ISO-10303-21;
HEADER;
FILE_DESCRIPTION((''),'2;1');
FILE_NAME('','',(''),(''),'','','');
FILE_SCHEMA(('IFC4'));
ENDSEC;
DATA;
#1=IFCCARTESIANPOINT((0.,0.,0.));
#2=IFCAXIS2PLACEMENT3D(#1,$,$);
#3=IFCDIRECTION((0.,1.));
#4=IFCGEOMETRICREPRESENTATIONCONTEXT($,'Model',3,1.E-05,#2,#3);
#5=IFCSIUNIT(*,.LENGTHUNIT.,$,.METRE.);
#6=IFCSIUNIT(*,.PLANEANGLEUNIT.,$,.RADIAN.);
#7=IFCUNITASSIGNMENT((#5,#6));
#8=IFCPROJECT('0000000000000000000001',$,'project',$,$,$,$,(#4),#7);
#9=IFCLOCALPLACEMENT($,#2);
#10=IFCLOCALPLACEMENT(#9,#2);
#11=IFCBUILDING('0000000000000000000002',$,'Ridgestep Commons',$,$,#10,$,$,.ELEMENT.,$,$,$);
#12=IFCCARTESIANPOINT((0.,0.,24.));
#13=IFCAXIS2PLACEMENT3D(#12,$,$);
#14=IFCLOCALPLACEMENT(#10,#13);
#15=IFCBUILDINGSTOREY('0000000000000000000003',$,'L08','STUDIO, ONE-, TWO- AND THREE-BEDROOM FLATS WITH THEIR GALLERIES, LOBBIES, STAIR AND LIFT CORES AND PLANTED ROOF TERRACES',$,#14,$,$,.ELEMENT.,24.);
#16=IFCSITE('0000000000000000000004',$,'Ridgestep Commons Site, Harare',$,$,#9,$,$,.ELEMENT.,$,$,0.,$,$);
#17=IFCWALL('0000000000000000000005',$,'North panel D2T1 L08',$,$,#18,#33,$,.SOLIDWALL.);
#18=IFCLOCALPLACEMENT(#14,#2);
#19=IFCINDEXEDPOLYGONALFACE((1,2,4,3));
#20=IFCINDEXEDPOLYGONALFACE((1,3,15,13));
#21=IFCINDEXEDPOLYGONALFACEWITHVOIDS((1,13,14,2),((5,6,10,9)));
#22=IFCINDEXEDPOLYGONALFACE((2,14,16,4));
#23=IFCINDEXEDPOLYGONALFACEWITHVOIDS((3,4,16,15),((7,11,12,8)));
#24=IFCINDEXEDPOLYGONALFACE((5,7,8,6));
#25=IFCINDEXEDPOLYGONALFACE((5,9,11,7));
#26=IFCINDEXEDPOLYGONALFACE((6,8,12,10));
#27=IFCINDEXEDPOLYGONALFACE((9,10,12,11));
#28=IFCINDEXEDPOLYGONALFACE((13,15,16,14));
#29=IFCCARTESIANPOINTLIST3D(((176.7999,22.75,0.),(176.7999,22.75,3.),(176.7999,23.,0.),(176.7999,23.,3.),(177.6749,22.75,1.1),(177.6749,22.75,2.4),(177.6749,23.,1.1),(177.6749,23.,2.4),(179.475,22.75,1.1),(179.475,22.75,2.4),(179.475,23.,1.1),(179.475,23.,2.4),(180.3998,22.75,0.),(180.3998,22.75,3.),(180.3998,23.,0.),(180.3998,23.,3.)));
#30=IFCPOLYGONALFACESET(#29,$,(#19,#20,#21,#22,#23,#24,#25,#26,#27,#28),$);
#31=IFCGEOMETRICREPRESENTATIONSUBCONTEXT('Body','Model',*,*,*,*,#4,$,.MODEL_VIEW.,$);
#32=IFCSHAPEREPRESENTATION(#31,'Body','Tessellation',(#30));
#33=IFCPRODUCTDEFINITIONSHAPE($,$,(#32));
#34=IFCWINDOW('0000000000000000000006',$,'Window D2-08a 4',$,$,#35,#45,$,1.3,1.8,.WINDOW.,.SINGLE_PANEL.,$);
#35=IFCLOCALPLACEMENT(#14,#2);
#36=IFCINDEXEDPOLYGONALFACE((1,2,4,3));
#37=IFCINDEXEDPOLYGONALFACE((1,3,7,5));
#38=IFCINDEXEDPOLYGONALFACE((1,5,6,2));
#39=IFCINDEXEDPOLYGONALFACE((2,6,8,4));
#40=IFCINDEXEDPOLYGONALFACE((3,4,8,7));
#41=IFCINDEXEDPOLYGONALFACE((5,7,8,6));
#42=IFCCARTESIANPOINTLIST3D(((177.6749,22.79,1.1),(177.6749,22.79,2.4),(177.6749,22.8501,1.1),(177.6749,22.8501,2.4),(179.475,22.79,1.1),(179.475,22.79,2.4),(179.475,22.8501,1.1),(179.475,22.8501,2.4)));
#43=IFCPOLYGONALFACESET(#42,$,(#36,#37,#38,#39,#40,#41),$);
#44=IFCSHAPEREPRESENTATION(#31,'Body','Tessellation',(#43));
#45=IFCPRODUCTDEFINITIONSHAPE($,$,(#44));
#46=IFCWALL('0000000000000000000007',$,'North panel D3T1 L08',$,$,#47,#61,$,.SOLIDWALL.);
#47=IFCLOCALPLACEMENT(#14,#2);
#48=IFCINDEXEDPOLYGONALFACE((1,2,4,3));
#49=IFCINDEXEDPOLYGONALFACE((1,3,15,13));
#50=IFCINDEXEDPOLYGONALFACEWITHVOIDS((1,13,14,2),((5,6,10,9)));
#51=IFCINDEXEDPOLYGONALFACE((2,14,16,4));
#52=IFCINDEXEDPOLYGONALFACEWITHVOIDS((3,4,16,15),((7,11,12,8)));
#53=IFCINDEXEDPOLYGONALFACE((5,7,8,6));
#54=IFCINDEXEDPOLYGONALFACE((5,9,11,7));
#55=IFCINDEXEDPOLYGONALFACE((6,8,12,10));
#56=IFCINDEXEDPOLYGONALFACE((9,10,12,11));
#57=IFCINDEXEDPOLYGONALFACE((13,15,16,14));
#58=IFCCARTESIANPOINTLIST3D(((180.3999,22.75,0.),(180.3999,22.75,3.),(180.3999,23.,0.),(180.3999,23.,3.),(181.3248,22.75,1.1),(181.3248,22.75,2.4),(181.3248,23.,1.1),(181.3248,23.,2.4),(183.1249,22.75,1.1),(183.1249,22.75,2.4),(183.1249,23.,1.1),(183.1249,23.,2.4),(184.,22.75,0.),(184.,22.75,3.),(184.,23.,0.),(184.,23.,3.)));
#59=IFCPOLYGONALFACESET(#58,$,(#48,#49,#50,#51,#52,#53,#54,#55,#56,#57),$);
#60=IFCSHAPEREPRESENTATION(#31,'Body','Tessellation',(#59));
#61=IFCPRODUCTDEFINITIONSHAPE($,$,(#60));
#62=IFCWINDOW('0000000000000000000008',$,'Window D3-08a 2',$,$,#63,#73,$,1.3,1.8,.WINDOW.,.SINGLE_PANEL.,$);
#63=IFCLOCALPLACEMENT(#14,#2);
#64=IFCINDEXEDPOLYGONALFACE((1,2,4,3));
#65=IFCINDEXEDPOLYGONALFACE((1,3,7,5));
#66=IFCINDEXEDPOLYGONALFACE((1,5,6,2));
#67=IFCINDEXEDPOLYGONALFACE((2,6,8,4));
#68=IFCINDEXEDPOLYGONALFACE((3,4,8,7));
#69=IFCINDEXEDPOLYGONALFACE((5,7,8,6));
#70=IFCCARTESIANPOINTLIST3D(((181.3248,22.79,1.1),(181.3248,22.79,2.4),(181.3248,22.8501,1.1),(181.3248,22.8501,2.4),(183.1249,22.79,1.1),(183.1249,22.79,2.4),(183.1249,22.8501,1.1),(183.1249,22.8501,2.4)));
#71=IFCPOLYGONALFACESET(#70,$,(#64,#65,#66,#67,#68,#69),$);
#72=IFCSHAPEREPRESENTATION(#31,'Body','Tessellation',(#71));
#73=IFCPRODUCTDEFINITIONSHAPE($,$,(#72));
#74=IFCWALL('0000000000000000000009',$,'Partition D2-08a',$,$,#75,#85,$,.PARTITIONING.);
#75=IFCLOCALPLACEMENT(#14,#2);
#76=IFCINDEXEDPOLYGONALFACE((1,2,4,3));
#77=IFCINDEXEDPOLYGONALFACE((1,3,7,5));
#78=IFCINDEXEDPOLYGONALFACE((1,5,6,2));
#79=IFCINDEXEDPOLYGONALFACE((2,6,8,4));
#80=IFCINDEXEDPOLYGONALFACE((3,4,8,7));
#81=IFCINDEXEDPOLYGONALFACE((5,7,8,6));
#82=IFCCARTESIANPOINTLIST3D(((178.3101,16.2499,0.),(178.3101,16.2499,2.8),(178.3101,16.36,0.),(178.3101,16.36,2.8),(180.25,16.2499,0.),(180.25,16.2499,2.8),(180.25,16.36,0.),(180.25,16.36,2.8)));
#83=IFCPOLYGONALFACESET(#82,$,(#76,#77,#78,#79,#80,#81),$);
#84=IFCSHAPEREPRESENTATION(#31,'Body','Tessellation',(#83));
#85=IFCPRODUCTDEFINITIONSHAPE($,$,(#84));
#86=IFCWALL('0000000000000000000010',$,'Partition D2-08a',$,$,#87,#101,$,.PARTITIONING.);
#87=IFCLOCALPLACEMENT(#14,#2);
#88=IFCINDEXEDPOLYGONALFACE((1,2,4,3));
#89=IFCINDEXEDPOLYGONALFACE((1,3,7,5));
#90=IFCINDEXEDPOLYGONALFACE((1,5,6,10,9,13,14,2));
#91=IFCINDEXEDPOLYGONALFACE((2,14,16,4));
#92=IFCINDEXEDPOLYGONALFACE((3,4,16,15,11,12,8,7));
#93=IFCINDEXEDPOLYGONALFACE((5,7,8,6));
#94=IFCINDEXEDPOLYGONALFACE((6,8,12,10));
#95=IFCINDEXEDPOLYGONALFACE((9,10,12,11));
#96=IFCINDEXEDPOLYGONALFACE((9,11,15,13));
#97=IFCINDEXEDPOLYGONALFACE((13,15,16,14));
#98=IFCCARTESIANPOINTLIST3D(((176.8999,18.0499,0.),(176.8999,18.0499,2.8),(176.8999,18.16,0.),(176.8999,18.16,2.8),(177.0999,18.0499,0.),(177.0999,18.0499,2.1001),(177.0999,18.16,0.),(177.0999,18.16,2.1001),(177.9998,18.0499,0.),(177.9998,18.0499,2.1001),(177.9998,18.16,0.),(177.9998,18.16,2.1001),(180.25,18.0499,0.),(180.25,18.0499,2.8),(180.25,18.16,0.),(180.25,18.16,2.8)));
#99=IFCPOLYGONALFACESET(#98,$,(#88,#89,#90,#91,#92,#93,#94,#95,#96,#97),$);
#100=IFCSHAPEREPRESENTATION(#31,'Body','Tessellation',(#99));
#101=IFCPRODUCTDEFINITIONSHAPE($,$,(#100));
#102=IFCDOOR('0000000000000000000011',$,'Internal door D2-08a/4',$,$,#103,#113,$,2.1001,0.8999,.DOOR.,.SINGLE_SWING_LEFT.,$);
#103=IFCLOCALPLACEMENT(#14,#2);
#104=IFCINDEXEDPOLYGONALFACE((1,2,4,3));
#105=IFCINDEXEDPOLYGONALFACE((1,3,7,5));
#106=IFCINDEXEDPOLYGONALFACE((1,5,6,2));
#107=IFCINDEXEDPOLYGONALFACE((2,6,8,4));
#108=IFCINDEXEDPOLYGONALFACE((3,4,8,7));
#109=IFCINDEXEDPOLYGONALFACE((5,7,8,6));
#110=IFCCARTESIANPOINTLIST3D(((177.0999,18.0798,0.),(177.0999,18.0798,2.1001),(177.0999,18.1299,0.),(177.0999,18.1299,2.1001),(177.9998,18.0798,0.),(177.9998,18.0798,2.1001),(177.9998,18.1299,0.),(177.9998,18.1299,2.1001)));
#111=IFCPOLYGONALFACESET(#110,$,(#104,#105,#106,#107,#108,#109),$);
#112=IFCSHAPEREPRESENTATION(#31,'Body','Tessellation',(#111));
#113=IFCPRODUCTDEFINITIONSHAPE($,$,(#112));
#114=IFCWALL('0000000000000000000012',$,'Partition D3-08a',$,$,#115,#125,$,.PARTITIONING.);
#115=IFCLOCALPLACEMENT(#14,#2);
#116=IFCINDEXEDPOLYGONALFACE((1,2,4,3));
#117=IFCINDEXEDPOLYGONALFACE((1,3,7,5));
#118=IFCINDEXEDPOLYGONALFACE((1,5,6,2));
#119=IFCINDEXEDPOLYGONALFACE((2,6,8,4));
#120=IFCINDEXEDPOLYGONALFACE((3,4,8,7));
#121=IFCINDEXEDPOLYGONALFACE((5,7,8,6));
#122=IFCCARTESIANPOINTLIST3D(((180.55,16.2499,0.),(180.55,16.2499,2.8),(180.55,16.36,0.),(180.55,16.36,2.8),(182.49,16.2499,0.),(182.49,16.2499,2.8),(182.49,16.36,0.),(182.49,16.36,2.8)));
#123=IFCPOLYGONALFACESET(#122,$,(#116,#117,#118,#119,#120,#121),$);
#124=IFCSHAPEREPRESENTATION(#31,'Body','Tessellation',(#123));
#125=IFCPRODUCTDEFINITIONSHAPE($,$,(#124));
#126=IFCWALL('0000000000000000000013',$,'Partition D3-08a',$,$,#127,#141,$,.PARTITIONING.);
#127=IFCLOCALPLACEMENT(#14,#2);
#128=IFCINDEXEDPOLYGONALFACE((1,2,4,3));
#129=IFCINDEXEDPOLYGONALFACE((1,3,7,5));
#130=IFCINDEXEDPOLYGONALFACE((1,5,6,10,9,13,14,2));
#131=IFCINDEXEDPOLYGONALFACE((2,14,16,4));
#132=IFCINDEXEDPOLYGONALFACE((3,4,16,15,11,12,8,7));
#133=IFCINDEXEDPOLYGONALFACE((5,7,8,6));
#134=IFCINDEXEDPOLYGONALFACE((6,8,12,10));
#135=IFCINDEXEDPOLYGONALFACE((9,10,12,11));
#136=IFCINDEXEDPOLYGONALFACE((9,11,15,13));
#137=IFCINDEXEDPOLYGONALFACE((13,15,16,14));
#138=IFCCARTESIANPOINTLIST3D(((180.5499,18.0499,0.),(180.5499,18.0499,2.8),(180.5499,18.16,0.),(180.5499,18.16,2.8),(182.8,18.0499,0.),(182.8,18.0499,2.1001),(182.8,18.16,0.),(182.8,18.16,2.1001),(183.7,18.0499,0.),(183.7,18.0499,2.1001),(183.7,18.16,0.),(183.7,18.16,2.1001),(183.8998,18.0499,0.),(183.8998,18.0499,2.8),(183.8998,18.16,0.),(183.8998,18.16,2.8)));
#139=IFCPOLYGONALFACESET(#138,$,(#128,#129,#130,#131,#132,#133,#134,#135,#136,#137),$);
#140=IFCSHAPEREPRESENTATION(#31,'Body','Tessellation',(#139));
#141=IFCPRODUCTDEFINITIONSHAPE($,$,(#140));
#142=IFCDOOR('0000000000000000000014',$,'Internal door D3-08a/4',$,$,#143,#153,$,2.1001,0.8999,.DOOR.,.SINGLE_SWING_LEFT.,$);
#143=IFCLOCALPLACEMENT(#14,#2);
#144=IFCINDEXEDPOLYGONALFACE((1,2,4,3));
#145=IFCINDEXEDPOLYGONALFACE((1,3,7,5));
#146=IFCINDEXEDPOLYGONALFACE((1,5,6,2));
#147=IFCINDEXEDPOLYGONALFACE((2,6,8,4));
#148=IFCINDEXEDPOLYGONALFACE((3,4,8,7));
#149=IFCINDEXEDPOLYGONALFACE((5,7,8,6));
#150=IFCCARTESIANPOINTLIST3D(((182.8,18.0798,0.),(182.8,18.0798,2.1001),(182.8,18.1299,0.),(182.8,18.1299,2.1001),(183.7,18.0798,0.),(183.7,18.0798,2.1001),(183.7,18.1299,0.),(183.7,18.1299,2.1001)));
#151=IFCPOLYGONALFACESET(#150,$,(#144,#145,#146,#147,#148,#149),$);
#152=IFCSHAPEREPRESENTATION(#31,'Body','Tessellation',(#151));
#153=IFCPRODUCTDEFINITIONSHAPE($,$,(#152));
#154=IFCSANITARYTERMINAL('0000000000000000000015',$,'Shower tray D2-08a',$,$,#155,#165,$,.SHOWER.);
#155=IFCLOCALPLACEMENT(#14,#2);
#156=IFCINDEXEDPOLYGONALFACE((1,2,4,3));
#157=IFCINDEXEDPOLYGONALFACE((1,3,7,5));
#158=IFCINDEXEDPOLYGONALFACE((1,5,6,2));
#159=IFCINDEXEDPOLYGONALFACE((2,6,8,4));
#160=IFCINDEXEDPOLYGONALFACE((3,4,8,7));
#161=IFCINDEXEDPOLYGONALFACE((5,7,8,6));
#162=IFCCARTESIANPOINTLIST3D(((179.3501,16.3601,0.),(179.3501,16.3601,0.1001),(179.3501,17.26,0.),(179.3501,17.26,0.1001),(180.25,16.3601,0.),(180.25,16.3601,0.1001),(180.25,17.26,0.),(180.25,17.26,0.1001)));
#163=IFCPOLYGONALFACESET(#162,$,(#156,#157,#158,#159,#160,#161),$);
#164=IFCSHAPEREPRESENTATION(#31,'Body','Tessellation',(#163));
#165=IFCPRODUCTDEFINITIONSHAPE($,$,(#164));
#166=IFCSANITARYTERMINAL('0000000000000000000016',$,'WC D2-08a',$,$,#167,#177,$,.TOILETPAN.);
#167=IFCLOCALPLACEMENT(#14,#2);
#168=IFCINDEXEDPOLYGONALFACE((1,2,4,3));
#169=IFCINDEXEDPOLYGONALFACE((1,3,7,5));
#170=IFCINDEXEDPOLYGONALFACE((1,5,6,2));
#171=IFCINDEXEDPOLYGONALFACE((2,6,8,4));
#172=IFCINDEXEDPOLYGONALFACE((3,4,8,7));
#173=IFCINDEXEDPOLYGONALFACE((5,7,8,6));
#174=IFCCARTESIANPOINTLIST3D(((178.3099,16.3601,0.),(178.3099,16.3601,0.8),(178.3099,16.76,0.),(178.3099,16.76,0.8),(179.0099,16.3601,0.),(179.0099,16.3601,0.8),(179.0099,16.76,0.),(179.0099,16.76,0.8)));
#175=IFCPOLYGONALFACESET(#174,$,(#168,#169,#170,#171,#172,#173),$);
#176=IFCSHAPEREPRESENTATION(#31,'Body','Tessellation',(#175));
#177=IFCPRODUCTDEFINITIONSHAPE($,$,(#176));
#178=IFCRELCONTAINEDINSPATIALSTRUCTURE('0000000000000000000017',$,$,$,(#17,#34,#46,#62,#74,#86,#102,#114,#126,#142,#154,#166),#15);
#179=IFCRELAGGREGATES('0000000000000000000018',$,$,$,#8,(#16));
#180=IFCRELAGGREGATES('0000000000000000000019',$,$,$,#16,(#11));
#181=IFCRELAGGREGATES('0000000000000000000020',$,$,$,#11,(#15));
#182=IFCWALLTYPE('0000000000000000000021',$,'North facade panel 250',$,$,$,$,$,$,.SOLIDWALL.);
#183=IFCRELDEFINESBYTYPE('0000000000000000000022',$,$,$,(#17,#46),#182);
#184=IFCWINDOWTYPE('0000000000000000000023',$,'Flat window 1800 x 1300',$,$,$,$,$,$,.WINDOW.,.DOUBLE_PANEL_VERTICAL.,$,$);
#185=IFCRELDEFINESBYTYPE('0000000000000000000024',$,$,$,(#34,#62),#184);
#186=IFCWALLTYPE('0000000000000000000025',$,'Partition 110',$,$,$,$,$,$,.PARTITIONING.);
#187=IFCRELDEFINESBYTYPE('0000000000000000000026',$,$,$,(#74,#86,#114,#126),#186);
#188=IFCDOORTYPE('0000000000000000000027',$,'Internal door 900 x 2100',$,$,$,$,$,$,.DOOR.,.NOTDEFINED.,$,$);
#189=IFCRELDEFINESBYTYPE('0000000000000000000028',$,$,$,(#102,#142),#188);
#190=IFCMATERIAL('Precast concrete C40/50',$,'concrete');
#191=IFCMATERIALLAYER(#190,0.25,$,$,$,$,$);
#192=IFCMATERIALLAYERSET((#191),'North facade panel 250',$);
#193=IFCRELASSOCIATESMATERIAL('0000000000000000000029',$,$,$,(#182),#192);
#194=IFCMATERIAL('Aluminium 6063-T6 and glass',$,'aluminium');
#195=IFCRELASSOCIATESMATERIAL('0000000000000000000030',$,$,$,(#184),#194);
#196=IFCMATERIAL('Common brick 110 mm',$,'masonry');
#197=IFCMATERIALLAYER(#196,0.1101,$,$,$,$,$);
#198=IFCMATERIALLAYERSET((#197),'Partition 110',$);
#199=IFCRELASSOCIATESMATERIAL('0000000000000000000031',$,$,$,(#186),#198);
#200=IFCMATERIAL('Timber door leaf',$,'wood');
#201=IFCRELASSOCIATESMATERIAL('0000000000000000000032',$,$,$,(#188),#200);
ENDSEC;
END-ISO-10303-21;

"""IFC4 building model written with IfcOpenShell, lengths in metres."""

from ifc_helpers import new_model, si_unit, direction, frame, frame_2d, origin, origin_2d, place, context, subcontext, project, spatial, rectangle, extrude, material, layer, layer_set, type_object, element, fill, save


model = new_model("IFC4")

# Units and contexts
model_context = context("Model", 3, precision=1e-05, world=origin(), true_north=direction((0.0, 1.0)))
body_context = subcontext(model_context, "Body", "Model", "MODEL_VIEW")
ifc_project = project(units=[si_unit("LENGTHUNIT", "METRE"), si_unit("PLANEANGLEUNIT", "RADIAN")], contexts=[model_context])

# Site, building, storey
site_placement = place(None, origin())
site = spatial("IfcSite", under=ifc_project, at=site_placement, Name="Ridgestep Commons Site, Harare", CompositionType="ELEMENT", RefElevation=0.0)
building_placement = place(site_placement, origin())
building = spatial("IfcBuilding", under=site, at=building_placement, Name="Ridgestep Commons", CompositionType="ELEMENT")
storey_placement = place(building_placement, frame((0.0, 0.0, 24.0)))
storey = spatial("IfcBuildingStorey", under=building, at=storey_placement, Name="L08", Description="STUDIO, ONE-, TWO- AND THREE-BEDROOM FLATS WITH THEIR GALLERIES, LOBBIES, STAIR AND LIFT CORES AND PLANTED ROOF TERRACES", CompositionType="ELEMENT", Elevation=24.0)

# Walls, openings, windows
ifc_material_1 = material(Name="Precast concrete C40/50", Category="concrete")
ifc_layer_1 = layer(ifc_material_1, 0.25)
ifc_layer_set_1 = layer_set([ifc_layer_1], Name="North facade panel 250")
wall_type_1 = type_object("IfcWallType", Name="North facade panel 250", PredefinedType="SOLIDWALL", material=ifc_layer_set_1)
wall_1_placement = place(storey_placement, frame((176.8, 22.875, 0.0), z_axis=(0.0, 0.0, 1.0), x_axis=(1.0, 0.0, 0.0)))
wall_1 = element("IfcWall", 1, at=wall_1_placement, inside=storey, type_object=wall_type_1, Name="North panel D2T1 L08", PredefinedType="SOLIDWALL", context=body_context, shape_type="SweptSolid", body=[
    extrude(rectangle(XDim=3.5999, YDim=0.25, at=frame_2d((1.7998, 0.0))), origin(), (0.0, 0.0, 1.0), 3.0),
])
opening_1_placement = place(wall_1_placement, frame((0.875, 0.0, 1.1001)))
opening_1 = element("IfcOpeningElement", 2, at=opening_1_placement, cuts=wall_1, PredefinedType="OPENING", context=body_context, shape_type="SweptSolid", body=[
    extrude(rectangle(XDim=1.8, YDim=1.3, at=frame_2d((0.8999, 0.6499))), frame((0.0, 0.135, 0.0), z_axis=(0.0, -1.0, 0.0), x_axis=(1.0, 0.0, 0.0)), (0.0, 0.0, 1.0), 0.27),
])
ifc_material_2 = material(Name="Aluminium 6063-T6 and glass", Category="aluminium")
window_type = type_object("IfcWindowType", Name="Flat window 1800 x 1300", PartitioningType="DOUBLE_PANEL_VERTICAL", PredefinedType="WINDOW", material=ifc_material_2)
window_1_placement = place(opening_1_placement, origin())
window_1 = element("IfcWindow", 3, at=window_1_placement, inside=storey, type_object=window_type, Name="Window D2-08a 4", OverallHeight=1.3, OverallWidth=1.8, PartitioningType="SINGLE_PANEL", PredefinedType="WINDOW", context=body_context, shape_type="SweptSolid", body=[
    extrude(rectangle(XDim=1.8, YDim=1.3, at=frame_2d((0.8999, 0.6499))), frame((0.0, -0.0249, 0.0), z_axis=(0.0, -1.0, 0.0), x_axis=(1.0, 0.0, 0.0)), (0.0, 0.0, 1.0), 0.0601),
])
fill(opening_1, window_1)
wall_2_placement = place(storey_placement, frame((180.3999, 22.875, 0.0), z_axis=(0.0, 0.0, 1.0), x_axis=(1.0, 0.0, 0.0)))
wall_2 = element("IfcWall", 4, at=wall_2_placement, inside=storey, type_object=wall_type_1, Name="North panel D3T1 L08", PredefinedType="SOLIDWALL", context=body_context, shape_type="SweptSolid", body=[
    extrude(rectangle(XDim=3.6001, YDim=0.25, at=frame_2d((1.8, 0.0))), origin(), (0.0, 0.0, 1.0), 3.0),
])
opening_2_placement = place(wall_2_placement, frame((0.925, 0.0, 1.1001)))
opening_2 = element("IfcOpeningElement", 5, at=opening_2_placement, cuts=wall_2, PredefinedType="OPENING", context=body_context, shape_type="SweptSolid", body=[
    extrude(rectangle(XDim=1.8, YDim=1.3, at=frame_2d((0.8999, 0.6499))), frame((0.0, 0.135, 0.0), z_axis=(0.0, -1.0, 0.0), x_axis=(1.0, 0.0, 0.0)), (0.0, 0.0, 1.0), 0.27),
])
window_2_placement = place(opening_2_placement, origin())
window_2 = element("IfcWindow", 6, at=window_2_placement, inside=storey, type_object=window_type, Name="Window D3-08a 2", OverallHeight=1.3, OverallWidth=1.8, PartitioningType="SINGLE_PANEL", PredefinedType="WINDOW", context=body_context, shape_type="SweptSolid", body=[
    extrude(rectangle(XDim=1.8, YDim=1.3, at=frame_2d((0.8999, 0.6499))), frame((0.0, -0.0249, 0.0), z_axis=(0.0, -1.0, 0.0), x_axis=(1.0, 0.0, 0.0)), (0.0, 0.0, 1.0), 0.0601),
])
fill(opening_2, window_2)

# Wall
ifc_material_3 = material(Name="Common brick 110 mm", Category="masonry")
ifc_layer_2 = layer(ifc_material_3, 0.1101)
ifc_layer_set_2 = layer_set([ifc_layer_2], Name="Partition 110")
wall_type_2 = type_object("IfcWallType", Name="Partition 110", PredefinedType="PARTITIONING", material=ifc_layer_set_2)
wall_3_placement = place(storey_placement, frame((178.3101, 16.3049, 0.0), z_axis=(0.0, 0.0, 1.0), x_axis=(1.0, 0.0, 0.0)))
element("IfcWall", 7, at=wall_3_placement, inside=storey, type_object=wall_type_2, Name="Partition D2-08a", PredefinedType="PARTITIONING", context=body_context, shape_type="SweptSolid", body=[
    extrude(rectangle(XDim=1.9399, YDim=0.1101, at=frame_2d((0.97, 0.0))), origin(), (0.0, 0.0, 1.0), 2.8),
])

# Wall, opening, door
wall_4_placement = place(storey_placement, frame((176.8999, 18.105, 0.0), z_axis=(0.0, 0.0, 1.0), x_axis=(1.0, 0.0, 0.0)))
wall_4 = element("IfcWall", 8, at=wall_4_placement, inside=storey, type_object=wall_type_2, Name="Partition D2-08a", PredefinedType="PARTITIONING", context=body_context, shape_type="SweptSolid", body=[
    extrude(rectangle(XDim=3.3501, YDim=0.1101, at=frame_2d((1.675, 0.0))), origin(), (0.0, 0.0, 1.0), 2.8),
])
opening_3_placement = place(wall_4_placement, frame((0.2, 0.0, 0.0)))
opening_3 = element("IfcOpeningElement", 9, at=opening_3_placement, cuts=wall_4, PredefinedType="OPENING", context=body_context, shape_type="SweptSolid", body=[
    extrude(rectangle(XDim=0.8999, YDim=2.1001, at=frame_2d((0.45, 1.05))), frame((0.0, 0.0649, 0.0), z_axis=(0.0, -1.0, 0.0), x_axis=(1.0, 0.0, 0.0)), (0.0, 0.0, 1.0), 0.1301),
])
ifc_material_4 = material(Name="Timber door leaf", Category="wood")
door_type = type_object("IfcDoorType", Name="Internal door 900 x 2100", OperationType="NOTDEFINED", PredefinedType="DOOR", material=ifc_material_4)
door_1_placement = place(opening_3_placement, origin())
door_1 = element("IfcDoor", 10, at=door_1_placement, inside=storey, type_object=door_type, Name="Internal door D2-08a/4", OperationType="SINGLE_SWING_LEFT", OverallHeight=2.1001, OverallWidth=0.8999, PredefinedType="DOOR", context=body_context, shape_type="SweptSolid", body=[
    extrude(rectangle(XDim=0.8999, YDim=2.1001, at=frame_2d((0.45, 1.05))), frame((0.0, 0.0249, 0.0), z_axis=(0.0, -1.0, 0.0), x_axis=(1.0, 0.0, 0.0)), (0.0, 0.0, 1.0), 0.05),
])
fill(opening_3, door_1)

# Wall
wall_5_placement = place(storey_placement, frame((180.55, 16.3049, 0.0), z_axis=(0.0, 0.0, 1.0), x_axis=(1.0, 0.0, 0.0)))
element("IfcWall", 11, at=wall_5_placement, inside=storey, type_object=wall_type_2, Name="Partition D3-08a", PredefinedType="PARTITIONING", context=body_context, shape_type="SweptSolid", body=[
    extrude(rectangle(XDim=1.9399, YDim=0.1101, at=frame_2d((0.97, 0.0))), origin(), (0.0, 0.0, 1.0), 2.8),
])

# Wall, opening, door
wall_6_placement = place(storey_placement, frame((180.55, 18.105, 0.0), z_axis=(0.0, 0.0, 1.0), x_axis=(1.0, 0.0, 0.0)))
wall_6 = element("IfcWall", 12, at=wall_6_placement, inside=storey, type_object=wall_type_2, Name="Partition D3-08a", PredefinedType="PARTITIONING", context=body_context, shape_type="SweptSolid", body=[
    extrude(rectangle(XDim=3.3499, YDim=0.1101, at=frame_2d((1.6748, 0.0))), origin(), (0.0, 0.0, 1.0), 2.8),
])
opening_4_placement = place(wall_6_placement, frame((2.25, 0.0, 0.0)))
opening_4 = element("IfcOpeningElement", 13, at=opening_4_placement, cuts=wall_6, PredefinedType="OPENING", context=body_context, shape_type="SweptSolid", body=[
    extrude(rectangle(XDim=0.8999, YDim=2.1001, at=frame_2d((0.45, 1.05))), frame((0.0, 0.0649, 0.0), z_axis=(0.0, -1.0, 0.0), x_axis=(1.0, 0.0, 0.0)), (0.0, 0.0, 1.0), 0.1301),
])
door_2_placement = place(opening_4_placement, origin())
door_2 = element("IfcDoor", 14, at=door_2_placement, inside=storey, type_object=door_type, Name="Internal door D3-08a/4", OperationType="SINGLE_SWING_LEFT", OverallHeight=2.1001, OverallWidth=0.8999, PredefinedType="DOOR", context=body_context, shape_type="SweptSolid", body=[
    extrude(rectangle(XDim=0.8999, YDim=2.1001, at=frame_2d((0.45, 1.05))), frame((0.0, 0.0249, 0.0), z_axis=(0.0, -1.0, 0.0), x_axis=(1.0, 0.0, 0.0)), (0.0, 0.0, 1.0), 0.05),
])
fill(opening_4, door_2)

# Sanitary terminals
sanitary_terminal_1_placement = place(storey_placement, frame((179.8, 16.8101, 0.0), z_axis=(0.0, 0.0, 1.0), x_axis=(1.0, 0.0, 0.0)))
element("IfcSanitaryTerminal", 15, at=sanitary_terminal_1_placement, inside=storey, Name="Shower tray D2-08a", PredefinedType="SHOWER", context=body_context, shape_type="SweptSolid", body=[
    extrude(rectangle(XDim=0.8999, YDim=0.8999, at=origin_2d()), origin(), (0.0, 0.0, 1.0), 0.1001),
])
sanitary_terminal_2_placement = place(storey_placement, frame((178.6599, 16.5601, 0.0), z_axis=(0.0, 0.0, 1.0), x_axis=(1.0, 0.0, 0.0)))
element("IfcSanitaryTerminal", 16, at=sanitary_terminal_2_placement, inside=storey, Name="WC D2-08a", PredefinedType="TOILETPAN", context=body_context, shape_type="SweptSolid", body=[
    extrude(rectangle(XDim=0.7, YDim=0.3999, at=origin_2d()), origin(), (0.0, 0.0, 1.0), 0.8),
])

save(model, "model.ifc")
